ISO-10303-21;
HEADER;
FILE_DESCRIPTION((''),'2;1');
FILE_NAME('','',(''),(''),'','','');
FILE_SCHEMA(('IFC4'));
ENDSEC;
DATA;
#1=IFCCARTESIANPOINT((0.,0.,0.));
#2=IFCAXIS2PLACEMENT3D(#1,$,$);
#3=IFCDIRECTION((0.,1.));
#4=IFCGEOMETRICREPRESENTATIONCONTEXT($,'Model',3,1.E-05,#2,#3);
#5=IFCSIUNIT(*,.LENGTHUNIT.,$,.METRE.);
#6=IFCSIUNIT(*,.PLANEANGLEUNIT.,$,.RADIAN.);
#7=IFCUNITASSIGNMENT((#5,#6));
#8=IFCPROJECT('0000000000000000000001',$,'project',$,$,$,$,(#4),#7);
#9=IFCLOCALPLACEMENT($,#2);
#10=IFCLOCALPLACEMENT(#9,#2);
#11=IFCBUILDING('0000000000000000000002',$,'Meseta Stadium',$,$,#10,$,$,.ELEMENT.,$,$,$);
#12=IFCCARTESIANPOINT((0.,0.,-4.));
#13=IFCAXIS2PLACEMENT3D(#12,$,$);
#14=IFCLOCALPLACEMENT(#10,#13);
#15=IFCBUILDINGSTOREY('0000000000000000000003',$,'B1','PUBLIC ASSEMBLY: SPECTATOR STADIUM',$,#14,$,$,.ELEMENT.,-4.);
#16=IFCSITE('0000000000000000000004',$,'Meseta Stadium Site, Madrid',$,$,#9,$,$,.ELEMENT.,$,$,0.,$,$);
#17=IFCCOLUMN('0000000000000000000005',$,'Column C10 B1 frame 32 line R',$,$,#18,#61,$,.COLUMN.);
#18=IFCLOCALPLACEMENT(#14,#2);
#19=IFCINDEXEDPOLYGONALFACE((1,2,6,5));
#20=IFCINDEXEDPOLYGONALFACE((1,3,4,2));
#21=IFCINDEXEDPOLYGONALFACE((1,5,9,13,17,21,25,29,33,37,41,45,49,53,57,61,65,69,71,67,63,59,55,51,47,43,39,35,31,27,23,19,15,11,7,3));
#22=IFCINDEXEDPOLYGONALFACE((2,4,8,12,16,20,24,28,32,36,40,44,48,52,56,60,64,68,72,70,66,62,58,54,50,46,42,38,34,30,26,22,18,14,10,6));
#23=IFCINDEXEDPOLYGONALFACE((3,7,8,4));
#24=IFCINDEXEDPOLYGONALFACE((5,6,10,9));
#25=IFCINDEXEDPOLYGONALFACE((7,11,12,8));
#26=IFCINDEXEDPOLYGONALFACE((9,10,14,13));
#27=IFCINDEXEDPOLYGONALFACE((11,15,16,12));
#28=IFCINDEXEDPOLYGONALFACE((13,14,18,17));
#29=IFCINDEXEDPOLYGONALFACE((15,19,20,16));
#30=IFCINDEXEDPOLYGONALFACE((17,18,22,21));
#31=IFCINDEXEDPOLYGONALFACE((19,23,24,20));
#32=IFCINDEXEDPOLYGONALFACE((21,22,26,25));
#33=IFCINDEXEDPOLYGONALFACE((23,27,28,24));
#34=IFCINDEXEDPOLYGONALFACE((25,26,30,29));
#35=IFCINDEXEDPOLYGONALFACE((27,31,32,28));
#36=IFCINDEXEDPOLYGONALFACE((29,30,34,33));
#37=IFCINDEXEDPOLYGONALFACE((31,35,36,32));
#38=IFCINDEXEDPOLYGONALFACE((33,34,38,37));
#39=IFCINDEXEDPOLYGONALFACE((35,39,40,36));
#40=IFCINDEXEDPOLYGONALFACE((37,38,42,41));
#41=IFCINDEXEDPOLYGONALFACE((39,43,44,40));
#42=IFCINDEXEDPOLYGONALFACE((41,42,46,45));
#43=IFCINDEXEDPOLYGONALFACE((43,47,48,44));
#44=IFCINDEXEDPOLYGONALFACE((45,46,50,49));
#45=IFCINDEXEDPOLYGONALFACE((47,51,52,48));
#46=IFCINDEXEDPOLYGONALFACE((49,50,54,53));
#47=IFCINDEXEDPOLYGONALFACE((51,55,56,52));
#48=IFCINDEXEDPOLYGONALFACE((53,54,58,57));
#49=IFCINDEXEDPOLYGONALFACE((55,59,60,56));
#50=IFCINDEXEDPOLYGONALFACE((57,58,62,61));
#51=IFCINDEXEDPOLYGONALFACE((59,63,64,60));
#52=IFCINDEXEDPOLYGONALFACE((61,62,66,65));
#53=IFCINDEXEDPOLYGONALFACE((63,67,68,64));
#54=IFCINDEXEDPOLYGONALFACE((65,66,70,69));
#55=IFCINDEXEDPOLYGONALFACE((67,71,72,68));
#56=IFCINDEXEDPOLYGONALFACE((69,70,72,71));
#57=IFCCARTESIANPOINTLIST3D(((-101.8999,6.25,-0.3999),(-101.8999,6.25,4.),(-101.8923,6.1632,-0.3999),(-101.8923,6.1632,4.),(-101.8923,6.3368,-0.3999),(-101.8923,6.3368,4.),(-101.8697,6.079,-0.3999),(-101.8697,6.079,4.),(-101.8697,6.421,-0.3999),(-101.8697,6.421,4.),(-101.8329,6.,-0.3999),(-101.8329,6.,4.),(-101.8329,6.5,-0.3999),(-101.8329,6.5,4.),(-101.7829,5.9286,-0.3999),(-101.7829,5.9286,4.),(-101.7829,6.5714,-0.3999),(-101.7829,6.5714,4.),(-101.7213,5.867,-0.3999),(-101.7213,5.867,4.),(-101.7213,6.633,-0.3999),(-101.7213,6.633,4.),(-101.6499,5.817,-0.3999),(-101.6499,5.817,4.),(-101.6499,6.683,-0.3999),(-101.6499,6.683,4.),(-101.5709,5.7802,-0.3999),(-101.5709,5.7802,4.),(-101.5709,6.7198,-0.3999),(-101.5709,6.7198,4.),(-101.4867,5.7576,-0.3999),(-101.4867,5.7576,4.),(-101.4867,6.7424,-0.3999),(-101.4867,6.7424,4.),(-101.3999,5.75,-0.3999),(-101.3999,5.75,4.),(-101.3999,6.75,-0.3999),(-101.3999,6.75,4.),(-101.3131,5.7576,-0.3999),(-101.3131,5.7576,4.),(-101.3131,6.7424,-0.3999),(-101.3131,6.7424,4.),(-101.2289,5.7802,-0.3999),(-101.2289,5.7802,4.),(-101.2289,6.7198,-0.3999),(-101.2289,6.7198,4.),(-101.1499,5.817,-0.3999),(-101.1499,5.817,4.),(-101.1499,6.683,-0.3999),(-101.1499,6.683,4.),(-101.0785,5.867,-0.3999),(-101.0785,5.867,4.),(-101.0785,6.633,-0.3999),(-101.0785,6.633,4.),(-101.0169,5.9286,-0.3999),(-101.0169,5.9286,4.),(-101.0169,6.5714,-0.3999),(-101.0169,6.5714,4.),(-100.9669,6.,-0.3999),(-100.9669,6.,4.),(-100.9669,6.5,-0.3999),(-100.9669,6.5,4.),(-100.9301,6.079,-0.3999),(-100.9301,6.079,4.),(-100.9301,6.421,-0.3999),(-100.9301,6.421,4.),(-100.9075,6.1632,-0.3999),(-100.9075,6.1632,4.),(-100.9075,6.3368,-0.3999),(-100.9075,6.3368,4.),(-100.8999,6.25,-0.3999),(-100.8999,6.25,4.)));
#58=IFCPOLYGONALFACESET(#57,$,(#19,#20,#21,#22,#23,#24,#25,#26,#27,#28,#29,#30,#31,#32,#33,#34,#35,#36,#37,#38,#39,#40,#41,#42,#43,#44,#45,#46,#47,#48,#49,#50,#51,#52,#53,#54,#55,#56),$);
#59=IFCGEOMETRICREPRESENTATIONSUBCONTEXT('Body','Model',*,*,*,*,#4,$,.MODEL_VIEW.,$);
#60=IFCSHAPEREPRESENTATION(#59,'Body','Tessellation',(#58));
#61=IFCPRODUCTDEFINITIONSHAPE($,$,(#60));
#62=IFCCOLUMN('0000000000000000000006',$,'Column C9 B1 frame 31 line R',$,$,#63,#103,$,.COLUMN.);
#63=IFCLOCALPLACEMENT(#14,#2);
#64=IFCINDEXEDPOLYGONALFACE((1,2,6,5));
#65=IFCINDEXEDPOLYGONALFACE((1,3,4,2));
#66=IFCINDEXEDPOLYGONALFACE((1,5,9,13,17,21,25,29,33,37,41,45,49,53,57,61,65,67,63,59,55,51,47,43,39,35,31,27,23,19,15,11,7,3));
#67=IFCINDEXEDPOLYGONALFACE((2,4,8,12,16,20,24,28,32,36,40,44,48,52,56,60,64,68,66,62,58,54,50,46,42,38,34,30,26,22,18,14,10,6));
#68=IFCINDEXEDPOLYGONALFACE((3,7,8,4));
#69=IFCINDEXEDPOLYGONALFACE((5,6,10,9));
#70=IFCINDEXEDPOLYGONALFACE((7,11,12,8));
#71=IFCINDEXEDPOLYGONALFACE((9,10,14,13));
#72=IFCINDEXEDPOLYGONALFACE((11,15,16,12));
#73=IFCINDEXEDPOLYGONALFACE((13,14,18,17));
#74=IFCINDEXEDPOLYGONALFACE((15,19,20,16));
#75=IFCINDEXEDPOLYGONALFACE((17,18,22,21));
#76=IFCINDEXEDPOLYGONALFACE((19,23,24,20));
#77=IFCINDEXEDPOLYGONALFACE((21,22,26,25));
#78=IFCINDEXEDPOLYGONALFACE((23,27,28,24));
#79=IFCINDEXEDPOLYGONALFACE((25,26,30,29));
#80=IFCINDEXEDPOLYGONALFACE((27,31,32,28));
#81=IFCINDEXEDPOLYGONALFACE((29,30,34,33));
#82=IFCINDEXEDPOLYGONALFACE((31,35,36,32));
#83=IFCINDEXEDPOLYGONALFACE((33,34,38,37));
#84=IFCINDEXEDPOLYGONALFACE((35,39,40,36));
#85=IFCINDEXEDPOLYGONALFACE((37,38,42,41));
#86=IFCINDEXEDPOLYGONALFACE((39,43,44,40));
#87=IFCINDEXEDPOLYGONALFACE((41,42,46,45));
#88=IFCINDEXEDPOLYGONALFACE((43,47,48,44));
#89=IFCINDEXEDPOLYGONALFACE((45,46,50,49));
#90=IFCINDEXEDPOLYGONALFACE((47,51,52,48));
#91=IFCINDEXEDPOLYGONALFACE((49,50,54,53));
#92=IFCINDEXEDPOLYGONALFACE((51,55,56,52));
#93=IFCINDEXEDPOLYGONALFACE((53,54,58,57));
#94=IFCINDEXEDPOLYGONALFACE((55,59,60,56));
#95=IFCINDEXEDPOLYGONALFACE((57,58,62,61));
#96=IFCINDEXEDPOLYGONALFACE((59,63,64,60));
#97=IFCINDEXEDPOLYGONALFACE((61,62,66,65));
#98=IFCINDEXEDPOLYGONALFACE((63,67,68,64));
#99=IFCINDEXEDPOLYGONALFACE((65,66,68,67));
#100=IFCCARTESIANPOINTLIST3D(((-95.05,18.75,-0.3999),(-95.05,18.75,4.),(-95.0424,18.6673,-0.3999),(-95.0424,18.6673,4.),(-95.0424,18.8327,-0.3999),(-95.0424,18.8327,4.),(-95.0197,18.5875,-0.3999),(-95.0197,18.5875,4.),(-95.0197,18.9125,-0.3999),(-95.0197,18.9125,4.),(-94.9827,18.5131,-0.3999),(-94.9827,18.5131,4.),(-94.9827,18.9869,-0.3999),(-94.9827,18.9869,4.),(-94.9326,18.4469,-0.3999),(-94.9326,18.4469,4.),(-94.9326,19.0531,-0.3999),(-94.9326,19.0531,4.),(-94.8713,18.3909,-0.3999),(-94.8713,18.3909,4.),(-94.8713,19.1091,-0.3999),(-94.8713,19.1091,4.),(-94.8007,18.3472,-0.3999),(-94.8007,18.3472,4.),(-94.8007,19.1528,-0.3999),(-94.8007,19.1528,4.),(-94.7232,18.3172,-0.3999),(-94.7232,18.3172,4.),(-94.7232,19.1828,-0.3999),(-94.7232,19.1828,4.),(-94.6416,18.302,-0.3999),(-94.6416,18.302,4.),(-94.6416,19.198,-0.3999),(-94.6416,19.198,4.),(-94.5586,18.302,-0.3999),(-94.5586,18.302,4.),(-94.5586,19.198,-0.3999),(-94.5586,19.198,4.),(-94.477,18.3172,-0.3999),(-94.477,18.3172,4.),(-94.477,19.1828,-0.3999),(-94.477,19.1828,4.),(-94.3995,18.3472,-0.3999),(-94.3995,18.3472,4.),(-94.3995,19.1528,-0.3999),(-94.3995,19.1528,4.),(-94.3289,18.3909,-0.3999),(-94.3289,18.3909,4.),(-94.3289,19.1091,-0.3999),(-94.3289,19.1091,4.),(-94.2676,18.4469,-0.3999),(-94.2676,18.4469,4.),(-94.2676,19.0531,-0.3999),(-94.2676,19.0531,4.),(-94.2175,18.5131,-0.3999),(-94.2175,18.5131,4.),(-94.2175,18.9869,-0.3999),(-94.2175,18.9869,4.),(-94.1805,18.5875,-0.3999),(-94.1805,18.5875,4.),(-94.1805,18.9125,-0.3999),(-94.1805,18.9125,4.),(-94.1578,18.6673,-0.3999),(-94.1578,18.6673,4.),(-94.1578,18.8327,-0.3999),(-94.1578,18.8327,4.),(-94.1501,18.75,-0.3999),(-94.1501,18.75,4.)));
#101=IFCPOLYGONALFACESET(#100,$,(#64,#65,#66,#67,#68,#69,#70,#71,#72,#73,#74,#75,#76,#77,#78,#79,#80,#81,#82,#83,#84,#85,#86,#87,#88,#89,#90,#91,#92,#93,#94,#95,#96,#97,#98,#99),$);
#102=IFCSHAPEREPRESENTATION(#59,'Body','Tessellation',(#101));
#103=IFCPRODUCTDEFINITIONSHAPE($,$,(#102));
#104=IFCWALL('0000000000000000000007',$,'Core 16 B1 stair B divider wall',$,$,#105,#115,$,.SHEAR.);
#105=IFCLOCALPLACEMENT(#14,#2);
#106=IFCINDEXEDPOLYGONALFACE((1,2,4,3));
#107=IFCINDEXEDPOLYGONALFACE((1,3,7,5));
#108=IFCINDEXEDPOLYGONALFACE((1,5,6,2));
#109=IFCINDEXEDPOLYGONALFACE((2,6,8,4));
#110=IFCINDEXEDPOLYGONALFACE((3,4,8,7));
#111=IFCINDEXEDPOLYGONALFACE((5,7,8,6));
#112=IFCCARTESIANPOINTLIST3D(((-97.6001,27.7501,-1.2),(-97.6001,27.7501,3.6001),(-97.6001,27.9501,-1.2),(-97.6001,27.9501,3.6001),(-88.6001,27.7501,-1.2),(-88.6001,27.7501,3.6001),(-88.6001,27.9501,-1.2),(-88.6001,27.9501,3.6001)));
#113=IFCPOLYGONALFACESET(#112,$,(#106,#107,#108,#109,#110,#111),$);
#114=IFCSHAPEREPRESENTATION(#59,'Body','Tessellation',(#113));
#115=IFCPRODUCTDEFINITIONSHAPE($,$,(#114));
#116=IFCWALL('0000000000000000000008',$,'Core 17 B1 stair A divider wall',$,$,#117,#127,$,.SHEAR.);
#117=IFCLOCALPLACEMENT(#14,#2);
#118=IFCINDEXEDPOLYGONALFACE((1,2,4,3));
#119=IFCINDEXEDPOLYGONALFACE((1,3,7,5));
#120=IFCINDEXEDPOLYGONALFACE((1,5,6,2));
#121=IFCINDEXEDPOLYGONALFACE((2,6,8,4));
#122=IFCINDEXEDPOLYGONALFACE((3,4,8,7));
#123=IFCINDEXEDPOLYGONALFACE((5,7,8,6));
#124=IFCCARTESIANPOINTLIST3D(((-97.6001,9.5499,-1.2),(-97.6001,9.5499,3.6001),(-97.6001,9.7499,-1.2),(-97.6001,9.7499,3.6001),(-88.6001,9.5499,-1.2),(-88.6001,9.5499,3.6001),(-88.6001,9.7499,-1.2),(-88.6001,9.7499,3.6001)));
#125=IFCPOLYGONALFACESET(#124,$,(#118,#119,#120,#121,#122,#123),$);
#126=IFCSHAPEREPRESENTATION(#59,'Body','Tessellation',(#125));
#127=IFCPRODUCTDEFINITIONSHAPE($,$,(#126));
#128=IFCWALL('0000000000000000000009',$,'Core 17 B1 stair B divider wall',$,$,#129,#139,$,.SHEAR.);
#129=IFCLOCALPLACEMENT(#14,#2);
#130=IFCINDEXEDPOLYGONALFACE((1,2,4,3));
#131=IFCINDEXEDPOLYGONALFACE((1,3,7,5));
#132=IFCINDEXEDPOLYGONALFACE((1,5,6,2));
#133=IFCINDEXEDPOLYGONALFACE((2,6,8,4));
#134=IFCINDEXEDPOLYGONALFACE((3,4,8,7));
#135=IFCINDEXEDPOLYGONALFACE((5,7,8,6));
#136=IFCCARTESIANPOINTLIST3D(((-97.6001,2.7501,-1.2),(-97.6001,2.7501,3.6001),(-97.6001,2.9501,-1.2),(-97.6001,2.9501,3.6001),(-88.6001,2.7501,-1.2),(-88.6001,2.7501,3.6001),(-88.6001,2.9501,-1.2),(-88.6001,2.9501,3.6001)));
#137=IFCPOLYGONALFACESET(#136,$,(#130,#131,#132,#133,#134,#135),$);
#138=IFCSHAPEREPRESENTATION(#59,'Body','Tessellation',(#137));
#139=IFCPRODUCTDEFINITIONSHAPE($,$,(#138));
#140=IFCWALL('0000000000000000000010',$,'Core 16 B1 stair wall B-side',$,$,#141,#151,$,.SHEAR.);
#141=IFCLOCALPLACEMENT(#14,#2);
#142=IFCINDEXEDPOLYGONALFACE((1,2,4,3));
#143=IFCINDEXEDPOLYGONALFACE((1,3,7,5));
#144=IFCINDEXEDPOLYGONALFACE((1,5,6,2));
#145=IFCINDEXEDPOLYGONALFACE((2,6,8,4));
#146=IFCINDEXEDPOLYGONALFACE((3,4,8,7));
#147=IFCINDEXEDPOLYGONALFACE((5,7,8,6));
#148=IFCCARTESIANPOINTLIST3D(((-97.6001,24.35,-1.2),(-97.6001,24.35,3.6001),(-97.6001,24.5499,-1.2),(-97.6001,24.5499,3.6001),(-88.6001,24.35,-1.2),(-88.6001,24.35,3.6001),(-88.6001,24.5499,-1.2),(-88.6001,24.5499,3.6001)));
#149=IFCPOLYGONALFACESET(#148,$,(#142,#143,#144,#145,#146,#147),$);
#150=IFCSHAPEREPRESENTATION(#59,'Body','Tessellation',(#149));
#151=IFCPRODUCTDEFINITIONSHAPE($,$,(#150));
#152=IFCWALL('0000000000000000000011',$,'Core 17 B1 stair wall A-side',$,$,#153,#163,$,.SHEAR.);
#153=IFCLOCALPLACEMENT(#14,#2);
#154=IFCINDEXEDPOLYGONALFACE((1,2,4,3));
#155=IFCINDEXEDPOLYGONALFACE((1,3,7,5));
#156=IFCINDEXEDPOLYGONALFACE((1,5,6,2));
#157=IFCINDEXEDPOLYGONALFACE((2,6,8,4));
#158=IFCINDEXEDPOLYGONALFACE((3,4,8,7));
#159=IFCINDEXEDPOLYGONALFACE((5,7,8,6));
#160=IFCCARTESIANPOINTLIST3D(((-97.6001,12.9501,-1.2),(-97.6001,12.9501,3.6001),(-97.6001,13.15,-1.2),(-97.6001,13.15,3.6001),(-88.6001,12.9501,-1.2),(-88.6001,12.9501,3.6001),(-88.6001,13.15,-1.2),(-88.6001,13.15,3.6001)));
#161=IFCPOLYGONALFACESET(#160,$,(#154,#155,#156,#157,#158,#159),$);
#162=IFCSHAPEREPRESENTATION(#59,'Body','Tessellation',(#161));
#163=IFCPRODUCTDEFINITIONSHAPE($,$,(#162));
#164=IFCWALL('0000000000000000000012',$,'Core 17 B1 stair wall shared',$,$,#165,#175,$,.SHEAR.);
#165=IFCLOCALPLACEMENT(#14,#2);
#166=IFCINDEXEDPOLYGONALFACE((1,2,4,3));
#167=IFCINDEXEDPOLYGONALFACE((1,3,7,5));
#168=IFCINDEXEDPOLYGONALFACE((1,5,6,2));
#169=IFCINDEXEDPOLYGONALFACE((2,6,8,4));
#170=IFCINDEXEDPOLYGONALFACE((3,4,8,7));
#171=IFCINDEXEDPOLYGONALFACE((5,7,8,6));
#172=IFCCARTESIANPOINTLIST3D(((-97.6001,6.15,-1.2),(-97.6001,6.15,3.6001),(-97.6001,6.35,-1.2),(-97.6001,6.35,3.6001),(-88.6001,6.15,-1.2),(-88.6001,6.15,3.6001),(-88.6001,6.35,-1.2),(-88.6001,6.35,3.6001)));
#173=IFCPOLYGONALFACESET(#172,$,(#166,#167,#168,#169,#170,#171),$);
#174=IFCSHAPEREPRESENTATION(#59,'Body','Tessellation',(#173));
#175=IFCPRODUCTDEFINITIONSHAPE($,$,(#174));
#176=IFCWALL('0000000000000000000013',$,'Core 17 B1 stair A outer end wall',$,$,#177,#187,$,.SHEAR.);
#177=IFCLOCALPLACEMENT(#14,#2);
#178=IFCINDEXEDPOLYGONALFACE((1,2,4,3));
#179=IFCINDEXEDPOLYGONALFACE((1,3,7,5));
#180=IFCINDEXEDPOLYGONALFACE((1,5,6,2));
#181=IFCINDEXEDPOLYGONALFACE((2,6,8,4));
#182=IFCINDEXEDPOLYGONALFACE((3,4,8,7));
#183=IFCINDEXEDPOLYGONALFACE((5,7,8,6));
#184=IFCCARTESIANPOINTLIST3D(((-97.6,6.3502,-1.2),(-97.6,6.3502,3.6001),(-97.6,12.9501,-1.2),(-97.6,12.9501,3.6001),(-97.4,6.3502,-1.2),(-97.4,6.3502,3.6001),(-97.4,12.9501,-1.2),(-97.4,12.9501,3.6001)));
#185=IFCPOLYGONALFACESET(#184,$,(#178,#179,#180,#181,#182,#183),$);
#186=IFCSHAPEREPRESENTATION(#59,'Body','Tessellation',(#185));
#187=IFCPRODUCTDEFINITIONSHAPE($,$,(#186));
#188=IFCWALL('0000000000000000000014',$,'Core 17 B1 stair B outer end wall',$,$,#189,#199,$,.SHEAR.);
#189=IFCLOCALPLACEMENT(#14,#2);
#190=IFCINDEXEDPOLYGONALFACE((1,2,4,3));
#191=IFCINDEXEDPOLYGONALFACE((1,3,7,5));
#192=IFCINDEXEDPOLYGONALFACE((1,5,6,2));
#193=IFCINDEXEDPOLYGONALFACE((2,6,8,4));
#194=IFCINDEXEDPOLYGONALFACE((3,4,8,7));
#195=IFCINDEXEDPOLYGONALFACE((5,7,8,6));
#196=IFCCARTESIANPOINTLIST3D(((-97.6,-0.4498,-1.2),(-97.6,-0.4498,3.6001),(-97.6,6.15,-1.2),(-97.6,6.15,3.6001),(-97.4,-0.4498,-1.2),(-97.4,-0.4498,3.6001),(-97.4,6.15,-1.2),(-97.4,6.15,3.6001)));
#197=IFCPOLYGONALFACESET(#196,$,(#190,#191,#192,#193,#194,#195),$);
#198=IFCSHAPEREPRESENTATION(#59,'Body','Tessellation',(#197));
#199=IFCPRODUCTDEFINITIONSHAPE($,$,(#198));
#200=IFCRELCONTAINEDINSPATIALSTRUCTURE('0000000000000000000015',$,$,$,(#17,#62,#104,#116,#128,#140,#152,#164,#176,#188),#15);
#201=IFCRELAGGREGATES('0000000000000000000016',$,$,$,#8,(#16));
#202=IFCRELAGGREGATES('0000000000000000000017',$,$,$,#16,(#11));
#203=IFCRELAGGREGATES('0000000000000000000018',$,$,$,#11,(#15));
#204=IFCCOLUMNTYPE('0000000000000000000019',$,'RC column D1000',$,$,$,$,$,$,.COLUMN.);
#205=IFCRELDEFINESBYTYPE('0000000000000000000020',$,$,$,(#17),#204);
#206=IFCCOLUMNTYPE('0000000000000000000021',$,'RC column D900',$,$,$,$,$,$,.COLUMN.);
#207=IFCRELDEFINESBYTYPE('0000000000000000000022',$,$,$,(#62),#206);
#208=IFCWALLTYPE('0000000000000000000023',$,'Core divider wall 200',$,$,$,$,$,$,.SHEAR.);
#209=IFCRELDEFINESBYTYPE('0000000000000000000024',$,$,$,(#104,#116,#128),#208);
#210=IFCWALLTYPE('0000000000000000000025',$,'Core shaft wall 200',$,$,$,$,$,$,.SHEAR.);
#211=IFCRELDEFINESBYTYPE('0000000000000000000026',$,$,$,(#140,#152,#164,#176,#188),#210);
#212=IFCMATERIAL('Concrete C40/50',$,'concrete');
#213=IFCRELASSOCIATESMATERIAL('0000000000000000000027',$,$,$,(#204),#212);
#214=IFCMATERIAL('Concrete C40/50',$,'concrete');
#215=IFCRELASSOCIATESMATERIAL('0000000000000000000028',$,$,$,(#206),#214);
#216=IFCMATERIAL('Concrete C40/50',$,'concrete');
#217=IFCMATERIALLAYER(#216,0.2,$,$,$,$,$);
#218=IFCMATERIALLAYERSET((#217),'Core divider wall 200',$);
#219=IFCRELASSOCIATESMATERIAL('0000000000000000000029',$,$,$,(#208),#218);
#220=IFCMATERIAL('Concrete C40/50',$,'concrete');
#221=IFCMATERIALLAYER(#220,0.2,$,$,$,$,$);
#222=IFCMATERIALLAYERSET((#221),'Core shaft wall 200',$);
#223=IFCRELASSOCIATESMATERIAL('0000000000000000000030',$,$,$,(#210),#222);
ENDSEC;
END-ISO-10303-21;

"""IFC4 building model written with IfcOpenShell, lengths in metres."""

from ifc_helpers import new_model, si_unit, direction, frame, frame_2d, origin, origin_2d, place, context, subcontext, project, spatial, rectangle, circle, extrude, material, layer, layer_set, material_profile, profile_set, type_object, element, save


model = new_model("IFC4")

# Units and contexts
model_context = context("Model", 3, precision=1e-05, world=origin(), true_north=direction((0.0, 1.0)))
body_context = subcontext(model_context, "Body", "Model", "MODEL_VIEW")
ifc_project = project(units=[si_unit("LENGTHUNIT", "METRE"), si_unit("PLANEANGLEUNIT", "RADIAN")], contexts=[model_context])

# Site, building, storey
site_placement = place(None, origin())
site = spatial("IfcSite", under=ifc_project, at=site_placement, Name="Meseta Stadium Site, Madrid", CompositionType="ELEMENT", RefElevation=0.0)
building_placement = place(site_placement, origin())
building = spatial("IfcBuilding", under=site, at=building_placement, Name="Meseta Stadium", CompositionType="ELEMENT")
storey_placement = place(building_placement, frame((0.0, 0.0, -4.0)))
storey = spatial("IfcBuildingStorey", under=building, at=storey_placement, Name="B1", Description="PUBLIC ASSEMBLY: SPECTATOR STADIUM", CompositionType="ELEMENT", Elevation=-4.0)

# Columns
ifc_material_1 = material(Name="Concrete C40/50", Category="concrete")
ifc_material_profile_1 = material_profile(ifc_material_1, circle(Radius=0.5, at=origin_2d()), Name="RC D1000")
ifc_profile_set_1 = profile_set([ifc_material_profile_1], Name="Concrete C40/50")
column_type_1 = type_object("IfcColumnType", Name="RC column D1000", PredefinedType="COLUMN", material=ifc_profile_set_1)
column_1_placement = place(storey_placement, frame((-101.3999, 6.25, -0.3999), z_axis=(0.0, 0.0, 1.0), x_axis=(1.0, 0.0, 0.0)))
element("IfcColumn", 1, at=column_1_placement, inside=storey, type_object=column_type_1, Name="Column C10 B1 frame 32 line R", PredefinedType="COLUMN", context=body_context, shape_type="SweptSolid", body=[
    extrude(circle(Radius=0.5, at=origin_2d()), origin(), (0.0, 0.0, 1.0), 4.3999),
])
ifc_material_2 = material(Name="Concrete C40/50", Category="concrete")
ifc_material_profile_2 = material_profile(ifc_material_2, circle(Radius=0.45, at=origin_2d()), Name="RC D900")
ifc_profile_set_2 = profile_set([ifc_material_profile_2], Name="Concrete C40/50")
column_type_2 = type_object("IfcColumnType", Name="RC column D900", PredefinedType="COLUMN", material=ifc_profile_set_2)
column_2_placement = place(storey_placement, frame((-94.6001, 18.75, -0.3999), z_axis=(0.0, 0.0, 1.0), x_axis=(1.0, 0.0, 0.0)))
element("IfcColumn", 2, at=column_2_placement, inside=storey, type_object=column_type_2, Name="Column C9 B1 frame 31 line R", PredefinedType="COLUMN", context=body_context, shape_type="SweptSolid", body=[
    extrude(circle(Radius=0.45, at=origin_2d()), origin(), (0.0, 0.0, 1.0), 4.3999),
])

# Walls
ifc_material_3 = material(Name="Concrete C40/50", Category="concrete")
ifc_layer_1 = layer(ifc_material_3, 0.2)
ifc_layer_set_1 = layer_set([ifc_layer_1], Name="Core divider wall 200")
wall_type_1 = type_object("IfcWallType", Name="Core divider wall 200", PredefinedType="SHEAR", material=ifc_layer_set_1)
for number, where, z_axis, x_axis, name in (
    (3, (-97.6001, 27.8501, -1.2), (0.0, 0.0, 1.0), (1.0, 0.0, 0.0), "Core 16 B1 stair B divider wall"),
    (4, (-97.6001, 9.6499, -1.2), (0.0, 0.0, 1.0), (1.0, 0.0, 0.0), "Core 17 B1 stair A divider wall"),
    (5, (-97.6001, 2.8501, -1.2), (0.0, 0.0, 1.0), (1.0, 0.0, 0.0), "Core 17 B1 stair B divider wall"),
):
    element("IfcWall", number, at=place(storey_placement, frame(where, z_axis=z_axis, x_axis=x_axis)), inside=storey, type_object=wall_type_1, Name=name, PredefinedType="SHEAR", context=body_context, shape_type="SweptSolid", body=[
        extrude(rectangle(XDim=9.0, YDim=0.2, at=frame_2d((4.5, 0.0))), origin(), (0.0, 0.0, 1.0), 4.8),
    ])
ifc_material_4 = material(Name="Concrete C40/50", Category="concrete")
ifc_layer_2 = layer(ifc_material_4, 0.2)
ifc_layer_set_2 = layer_set([ifc_layer_2], Name="Core shaft wall 200")
wall_type_2 = type_object("IfcWallType", Name="Core shaft wall 200", PredefinedType="SHEAR", material=ifc_layer_set_2)
for number, where, z_axis, x_axis, name in (
    (6, (-97.6001, 24.45, -1.2), (0.0, 0.0, 1.0), (1.0, 0.0, 0.0), "Core 16 B1 stair wall B-side"),
    (7, (-97.6001, 13.05, -1.2), (0.0, 0.0, 1.0), (1.0, 0.0, 0.0), "Core 17 B1 stair wall A-side"),
    (8, (-97.6001, 6.25, -1.2), (0.0, 0.0, 1.0), (1.0, 0.0, 0.0), "Core 17 B1 stair wall shared"),
):
    element("IfcWall", number, at=place(storey_placement, frame(where, z_axis=z_axis, x_axis=x_axis)), inside=storey, type_object=wall_type_2, Name=name, PredefinedType="SHEAR", context=body_context, shape_type="SweptSolid", body=[
        extrude(rectangle(XDim=9.0, YDim=0.2, at=frame_2d((4.5, 0.0))), origin(), (0.0, 0.0, 1.0), 4.8),
    ])
for number, where, z_axis, x_axis, name in (
    (9, (-97.5, 12.95, -1.2), (0.0, 0.0, 1.0), (0.0, -1.0, 0.0), "Core 17 B1 stair A outer end wall"),
    (10, (-97.5, 6.1499, -1.2), (0.0, 0.0, 1.0), (0.0, -1.0, 0.0), "Core 17 B1 stair B outer end wall"),
):
    element("IfcWall", number, at=place(storey_placement, frame(where, z_axis=z_axis, x_axis=x_axis)), inside=storey, type_object=wall_type_2, Name=name, PredefinedType="SHEAR", context=body_context, shape_type="SweptSolid", body=[
        extrude(rectangle(XDim=6.5999, YDim=0.2, at=frame_2d((3.2998, 0.0))), origin(), (0.0, 0.0, 1.0), 4.8),
    ])

save(model, "model.ifc")
